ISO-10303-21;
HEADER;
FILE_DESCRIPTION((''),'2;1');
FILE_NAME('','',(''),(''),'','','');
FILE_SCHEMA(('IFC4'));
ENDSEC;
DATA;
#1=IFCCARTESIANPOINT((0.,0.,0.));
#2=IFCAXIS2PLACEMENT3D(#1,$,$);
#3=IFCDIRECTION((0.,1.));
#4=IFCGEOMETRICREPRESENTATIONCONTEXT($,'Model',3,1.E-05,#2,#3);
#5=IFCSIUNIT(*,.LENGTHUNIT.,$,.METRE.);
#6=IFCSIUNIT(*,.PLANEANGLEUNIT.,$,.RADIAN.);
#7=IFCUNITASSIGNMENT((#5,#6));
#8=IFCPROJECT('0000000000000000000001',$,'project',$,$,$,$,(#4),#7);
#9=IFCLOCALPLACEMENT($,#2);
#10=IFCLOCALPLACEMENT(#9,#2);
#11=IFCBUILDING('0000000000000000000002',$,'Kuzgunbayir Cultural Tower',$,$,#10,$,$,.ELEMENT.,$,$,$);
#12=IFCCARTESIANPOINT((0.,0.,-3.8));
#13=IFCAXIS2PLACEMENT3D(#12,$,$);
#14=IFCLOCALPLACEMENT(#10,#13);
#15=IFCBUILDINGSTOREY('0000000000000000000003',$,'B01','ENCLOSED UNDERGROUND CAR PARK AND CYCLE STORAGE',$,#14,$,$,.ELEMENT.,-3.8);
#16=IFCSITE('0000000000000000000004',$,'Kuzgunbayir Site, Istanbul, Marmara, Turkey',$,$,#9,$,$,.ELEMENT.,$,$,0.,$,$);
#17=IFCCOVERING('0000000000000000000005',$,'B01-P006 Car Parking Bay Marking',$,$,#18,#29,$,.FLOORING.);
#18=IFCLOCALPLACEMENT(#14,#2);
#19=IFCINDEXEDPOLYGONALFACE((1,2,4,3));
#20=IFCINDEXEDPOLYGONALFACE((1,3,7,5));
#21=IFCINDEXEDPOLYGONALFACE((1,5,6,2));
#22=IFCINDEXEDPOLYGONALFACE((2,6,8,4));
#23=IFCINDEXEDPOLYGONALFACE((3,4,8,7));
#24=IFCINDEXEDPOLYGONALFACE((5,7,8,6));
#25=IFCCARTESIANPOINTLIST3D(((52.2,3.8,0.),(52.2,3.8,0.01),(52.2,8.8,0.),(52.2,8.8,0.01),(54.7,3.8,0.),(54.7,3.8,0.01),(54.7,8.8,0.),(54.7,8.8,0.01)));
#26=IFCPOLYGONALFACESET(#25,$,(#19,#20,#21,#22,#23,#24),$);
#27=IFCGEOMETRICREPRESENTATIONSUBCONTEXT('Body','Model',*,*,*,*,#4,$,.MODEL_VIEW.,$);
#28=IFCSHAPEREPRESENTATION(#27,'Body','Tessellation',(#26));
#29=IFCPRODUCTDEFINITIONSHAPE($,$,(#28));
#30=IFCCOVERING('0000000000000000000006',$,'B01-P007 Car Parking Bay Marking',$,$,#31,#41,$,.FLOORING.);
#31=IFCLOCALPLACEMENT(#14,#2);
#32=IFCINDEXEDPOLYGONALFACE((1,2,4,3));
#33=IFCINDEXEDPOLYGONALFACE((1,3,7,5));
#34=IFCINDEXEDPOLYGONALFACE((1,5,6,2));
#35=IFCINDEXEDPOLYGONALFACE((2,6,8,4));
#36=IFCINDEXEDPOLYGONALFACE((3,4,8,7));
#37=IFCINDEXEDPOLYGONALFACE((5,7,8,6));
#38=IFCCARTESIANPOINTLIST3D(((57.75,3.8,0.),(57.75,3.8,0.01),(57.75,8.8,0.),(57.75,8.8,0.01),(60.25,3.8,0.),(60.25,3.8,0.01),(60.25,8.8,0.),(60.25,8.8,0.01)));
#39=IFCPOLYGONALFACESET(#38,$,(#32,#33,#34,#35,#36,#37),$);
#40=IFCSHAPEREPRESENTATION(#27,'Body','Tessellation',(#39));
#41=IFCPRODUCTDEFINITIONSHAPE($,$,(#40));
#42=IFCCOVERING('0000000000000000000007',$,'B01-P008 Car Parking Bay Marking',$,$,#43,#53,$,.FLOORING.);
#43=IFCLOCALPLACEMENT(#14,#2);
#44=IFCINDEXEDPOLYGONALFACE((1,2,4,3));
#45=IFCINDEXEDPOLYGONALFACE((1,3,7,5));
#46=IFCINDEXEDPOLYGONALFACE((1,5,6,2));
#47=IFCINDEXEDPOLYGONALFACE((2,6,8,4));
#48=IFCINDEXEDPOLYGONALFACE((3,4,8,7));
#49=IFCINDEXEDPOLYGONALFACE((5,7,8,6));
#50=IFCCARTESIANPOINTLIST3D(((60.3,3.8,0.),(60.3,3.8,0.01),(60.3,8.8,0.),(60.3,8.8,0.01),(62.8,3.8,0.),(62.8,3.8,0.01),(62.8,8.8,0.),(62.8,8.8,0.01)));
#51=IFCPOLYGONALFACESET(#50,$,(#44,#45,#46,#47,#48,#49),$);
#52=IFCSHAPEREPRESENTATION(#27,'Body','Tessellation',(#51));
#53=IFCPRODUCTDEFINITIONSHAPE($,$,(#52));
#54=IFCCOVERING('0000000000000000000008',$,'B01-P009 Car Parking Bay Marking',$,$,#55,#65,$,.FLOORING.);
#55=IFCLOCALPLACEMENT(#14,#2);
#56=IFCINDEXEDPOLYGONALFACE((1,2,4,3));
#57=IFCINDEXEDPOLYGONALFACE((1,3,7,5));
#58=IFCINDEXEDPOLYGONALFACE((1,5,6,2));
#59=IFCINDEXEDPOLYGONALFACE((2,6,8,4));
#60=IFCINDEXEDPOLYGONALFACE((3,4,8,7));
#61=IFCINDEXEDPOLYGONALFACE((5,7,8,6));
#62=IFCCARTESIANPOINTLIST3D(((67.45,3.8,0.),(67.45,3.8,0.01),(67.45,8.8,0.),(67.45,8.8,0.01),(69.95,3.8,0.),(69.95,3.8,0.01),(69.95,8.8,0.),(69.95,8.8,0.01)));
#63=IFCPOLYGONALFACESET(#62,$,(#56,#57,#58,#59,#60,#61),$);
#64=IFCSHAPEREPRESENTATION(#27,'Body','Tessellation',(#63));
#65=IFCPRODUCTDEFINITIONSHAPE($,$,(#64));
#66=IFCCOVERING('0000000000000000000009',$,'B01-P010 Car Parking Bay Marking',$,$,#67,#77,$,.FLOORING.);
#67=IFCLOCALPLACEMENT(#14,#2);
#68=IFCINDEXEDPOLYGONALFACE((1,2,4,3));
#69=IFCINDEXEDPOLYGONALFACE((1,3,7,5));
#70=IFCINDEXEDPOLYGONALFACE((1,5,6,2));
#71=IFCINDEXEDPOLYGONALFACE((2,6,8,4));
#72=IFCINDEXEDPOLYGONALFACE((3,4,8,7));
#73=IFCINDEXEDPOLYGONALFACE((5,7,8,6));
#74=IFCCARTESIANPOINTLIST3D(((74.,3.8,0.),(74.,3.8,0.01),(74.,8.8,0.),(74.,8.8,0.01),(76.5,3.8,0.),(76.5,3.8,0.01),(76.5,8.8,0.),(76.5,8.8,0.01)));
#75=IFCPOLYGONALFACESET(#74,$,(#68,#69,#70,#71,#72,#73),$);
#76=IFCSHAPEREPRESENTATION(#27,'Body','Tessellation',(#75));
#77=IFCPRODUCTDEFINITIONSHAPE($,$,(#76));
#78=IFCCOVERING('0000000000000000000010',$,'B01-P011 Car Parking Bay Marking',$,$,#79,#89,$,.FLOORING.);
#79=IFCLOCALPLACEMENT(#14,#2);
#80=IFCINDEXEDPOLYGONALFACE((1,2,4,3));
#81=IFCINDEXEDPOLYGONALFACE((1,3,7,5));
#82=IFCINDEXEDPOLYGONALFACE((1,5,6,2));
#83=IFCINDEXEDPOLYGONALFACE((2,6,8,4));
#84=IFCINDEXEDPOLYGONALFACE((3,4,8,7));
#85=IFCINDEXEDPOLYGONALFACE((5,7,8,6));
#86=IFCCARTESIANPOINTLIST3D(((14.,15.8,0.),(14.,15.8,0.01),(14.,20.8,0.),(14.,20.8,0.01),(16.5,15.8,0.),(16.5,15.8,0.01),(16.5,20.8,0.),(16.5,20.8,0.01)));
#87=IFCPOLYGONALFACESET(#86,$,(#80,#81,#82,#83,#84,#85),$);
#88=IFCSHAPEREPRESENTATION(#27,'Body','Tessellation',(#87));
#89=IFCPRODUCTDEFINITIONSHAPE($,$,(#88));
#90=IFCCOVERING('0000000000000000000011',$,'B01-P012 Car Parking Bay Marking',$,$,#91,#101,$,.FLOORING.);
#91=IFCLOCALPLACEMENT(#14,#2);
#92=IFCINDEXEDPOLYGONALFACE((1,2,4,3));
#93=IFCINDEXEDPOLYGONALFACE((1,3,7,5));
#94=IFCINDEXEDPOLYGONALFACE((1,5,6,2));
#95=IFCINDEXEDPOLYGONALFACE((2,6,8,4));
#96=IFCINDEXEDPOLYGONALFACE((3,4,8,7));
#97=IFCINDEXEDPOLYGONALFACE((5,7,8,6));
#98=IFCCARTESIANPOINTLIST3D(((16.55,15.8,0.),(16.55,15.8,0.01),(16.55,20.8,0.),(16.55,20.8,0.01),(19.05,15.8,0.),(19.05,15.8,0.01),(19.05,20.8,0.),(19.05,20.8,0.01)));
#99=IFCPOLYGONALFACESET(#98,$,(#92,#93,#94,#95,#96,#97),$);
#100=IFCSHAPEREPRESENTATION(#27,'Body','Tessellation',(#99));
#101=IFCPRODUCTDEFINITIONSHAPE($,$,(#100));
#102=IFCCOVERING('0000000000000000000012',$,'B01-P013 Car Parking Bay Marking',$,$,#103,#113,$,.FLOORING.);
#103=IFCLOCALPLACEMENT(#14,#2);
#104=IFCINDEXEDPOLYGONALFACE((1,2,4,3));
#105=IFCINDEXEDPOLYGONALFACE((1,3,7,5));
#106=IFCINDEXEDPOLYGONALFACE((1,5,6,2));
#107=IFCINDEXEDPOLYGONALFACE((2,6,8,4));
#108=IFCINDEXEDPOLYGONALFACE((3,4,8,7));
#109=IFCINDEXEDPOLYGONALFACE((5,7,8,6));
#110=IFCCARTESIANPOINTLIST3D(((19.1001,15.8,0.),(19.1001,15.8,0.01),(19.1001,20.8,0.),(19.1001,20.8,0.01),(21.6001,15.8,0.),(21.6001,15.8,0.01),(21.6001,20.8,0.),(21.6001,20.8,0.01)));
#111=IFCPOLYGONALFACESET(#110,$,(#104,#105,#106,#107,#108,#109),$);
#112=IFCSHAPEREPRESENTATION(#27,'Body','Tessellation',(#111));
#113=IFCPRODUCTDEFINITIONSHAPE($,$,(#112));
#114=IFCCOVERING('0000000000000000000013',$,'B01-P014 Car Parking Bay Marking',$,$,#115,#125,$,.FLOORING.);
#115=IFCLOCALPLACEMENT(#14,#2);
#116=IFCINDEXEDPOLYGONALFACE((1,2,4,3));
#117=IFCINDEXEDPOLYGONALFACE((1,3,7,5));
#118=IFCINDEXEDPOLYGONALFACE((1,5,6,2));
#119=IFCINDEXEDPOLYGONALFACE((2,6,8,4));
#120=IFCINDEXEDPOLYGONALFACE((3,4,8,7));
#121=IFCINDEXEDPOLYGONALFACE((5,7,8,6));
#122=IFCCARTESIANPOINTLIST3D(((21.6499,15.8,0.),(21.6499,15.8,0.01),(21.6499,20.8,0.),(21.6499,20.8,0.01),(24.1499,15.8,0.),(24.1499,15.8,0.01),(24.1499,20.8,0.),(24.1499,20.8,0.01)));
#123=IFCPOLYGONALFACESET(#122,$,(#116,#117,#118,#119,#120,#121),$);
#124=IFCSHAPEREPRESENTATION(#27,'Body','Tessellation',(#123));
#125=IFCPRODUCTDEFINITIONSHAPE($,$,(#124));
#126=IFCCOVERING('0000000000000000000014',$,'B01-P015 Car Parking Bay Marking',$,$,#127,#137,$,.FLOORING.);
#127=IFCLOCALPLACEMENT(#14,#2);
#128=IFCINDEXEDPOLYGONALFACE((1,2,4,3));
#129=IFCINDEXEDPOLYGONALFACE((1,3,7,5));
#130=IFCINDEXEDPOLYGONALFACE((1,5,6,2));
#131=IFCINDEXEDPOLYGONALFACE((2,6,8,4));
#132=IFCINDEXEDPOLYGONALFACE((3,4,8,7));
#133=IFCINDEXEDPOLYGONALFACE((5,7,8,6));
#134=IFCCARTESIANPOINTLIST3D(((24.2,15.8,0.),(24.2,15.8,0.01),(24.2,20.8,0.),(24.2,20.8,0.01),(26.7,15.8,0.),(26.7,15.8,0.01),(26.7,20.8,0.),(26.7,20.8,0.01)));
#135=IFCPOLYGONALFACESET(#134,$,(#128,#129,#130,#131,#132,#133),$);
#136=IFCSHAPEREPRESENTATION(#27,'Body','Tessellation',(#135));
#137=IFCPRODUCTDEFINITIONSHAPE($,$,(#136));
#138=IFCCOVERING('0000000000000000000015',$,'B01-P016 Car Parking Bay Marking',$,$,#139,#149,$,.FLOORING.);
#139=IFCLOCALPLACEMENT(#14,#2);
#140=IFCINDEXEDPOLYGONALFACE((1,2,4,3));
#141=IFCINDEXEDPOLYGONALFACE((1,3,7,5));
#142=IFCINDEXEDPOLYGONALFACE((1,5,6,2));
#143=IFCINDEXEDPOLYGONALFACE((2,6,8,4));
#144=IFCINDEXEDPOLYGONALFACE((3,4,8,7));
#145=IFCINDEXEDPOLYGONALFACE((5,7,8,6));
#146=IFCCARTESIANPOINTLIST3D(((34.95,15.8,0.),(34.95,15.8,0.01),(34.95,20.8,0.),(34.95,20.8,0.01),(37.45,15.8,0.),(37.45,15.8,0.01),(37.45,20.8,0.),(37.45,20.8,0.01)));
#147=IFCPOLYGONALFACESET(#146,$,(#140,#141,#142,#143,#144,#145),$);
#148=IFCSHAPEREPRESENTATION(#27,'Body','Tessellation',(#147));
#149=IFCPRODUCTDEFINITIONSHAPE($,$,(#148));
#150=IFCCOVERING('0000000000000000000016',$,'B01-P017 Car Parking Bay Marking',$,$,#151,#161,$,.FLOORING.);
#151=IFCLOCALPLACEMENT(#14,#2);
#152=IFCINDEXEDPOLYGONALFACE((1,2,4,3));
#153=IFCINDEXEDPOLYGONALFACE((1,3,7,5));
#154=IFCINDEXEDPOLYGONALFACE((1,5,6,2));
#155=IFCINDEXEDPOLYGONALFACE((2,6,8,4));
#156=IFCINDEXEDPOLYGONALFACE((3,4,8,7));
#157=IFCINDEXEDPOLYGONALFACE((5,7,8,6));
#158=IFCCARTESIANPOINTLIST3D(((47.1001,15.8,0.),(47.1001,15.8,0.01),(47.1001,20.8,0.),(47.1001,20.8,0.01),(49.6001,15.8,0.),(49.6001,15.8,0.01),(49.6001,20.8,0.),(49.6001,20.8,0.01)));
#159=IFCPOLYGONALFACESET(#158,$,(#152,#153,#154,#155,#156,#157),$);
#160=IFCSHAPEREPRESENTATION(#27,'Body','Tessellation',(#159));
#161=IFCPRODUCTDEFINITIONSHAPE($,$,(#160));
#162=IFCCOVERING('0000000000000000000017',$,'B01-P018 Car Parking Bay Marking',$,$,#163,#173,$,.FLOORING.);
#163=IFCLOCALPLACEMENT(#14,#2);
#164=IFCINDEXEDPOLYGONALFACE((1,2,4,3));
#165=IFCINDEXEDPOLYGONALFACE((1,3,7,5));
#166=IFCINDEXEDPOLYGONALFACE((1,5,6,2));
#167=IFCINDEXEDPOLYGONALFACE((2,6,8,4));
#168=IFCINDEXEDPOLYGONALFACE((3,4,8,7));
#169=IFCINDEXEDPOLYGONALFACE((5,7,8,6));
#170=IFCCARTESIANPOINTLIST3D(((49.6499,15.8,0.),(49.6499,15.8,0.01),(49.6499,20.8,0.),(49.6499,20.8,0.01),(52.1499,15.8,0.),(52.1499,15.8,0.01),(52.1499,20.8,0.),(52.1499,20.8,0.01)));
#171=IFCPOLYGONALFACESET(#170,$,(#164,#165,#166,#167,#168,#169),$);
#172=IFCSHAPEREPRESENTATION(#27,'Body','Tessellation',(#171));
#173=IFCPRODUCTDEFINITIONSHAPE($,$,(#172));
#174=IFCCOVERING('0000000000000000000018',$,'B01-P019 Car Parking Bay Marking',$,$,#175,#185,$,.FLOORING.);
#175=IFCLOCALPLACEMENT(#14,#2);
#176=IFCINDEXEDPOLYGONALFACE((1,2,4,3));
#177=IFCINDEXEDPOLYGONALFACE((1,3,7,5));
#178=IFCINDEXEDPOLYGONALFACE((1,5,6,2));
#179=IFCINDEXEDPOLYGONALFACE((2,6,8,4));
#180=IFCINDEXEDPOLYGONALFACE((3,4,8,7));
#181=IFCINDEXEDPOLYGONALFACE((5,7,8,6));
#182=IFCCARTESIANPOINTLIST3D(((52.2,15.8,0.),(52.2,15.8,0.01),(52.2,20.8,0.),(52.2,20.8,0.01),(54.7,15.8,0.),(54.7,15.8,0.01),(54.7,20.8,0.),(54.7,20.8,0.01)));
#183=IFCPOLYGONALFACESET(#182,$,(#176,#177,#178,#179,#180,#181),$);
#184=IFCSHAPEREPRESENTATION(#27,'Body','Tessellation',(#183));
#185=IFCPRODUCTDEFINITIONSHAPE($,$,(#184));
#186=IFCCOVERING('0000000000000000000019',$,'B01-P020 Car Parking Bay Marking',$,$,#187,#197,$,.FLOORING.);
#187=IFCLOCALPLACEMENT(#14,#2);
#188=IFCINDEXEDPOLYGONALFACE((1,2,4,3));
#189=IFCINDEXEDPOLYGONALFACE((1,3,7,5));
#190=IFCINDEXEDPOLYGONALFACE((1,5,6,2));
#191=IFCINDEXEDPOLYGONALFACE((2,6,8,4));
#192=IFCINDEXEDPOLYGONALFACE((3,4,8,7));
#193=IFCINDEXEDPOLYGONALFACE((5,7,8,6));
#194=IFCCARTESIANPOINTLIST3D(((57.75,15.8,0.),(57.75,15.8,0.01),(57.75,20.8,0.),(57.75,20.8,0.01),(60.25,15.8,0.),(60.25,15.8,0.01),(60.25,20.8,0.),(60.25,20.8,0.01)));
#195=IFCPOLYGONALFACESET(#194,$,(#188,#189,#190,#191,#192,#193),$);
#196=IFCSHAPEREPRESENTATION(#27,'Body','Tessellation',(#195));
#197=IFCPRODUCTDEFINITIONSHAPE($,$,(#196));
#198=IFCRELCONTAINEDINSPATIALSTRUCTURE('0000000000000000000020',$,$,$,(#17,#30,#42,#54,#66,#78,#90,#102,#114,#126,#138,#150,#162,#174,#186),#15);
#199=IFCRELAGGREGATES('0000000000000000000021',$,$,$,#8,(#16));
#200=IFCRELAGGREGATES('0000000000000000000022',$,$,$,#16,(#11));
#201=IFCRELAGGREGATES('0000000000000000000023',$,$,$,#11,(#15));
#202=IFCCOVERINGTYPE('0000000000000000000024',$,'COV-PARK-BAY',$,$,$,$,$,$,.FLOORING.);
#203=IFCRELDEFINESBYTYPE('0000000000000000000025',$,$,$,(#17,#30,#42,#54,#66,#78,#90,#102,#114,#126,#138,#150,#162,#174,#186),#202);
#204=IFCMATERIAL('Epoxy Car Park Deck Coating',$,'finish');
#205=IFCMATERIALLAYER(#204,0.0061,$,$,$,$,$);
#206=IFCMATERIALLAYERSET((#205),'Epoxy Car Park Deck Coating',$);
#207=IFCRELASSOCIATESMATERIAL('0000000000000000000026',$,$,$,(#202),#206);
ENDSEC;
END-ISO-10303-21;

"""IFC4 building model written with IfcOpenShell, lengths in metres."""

from ifc_helpers import new_model, si_unit, direction, frame, origin, place, context, subcontext, project, spatial, polyline, outline, extrude, material, layer, layer_set, type_object, element, save


model = new_model("IFC4")

# Units and contexts
model_context = context("Model", 3, precision=1e-05, world=origin(), true_north=direction((0.0, 1.0)))
body_context = subcontext(model_context, "Body", "Model", "MODEL_VIEW")
ifc_project = project(units=[si_unit("LENGTHUNIT", "METRE"), si_unit("PLANEANGLEUNIT", "RADIAN")], contexts=[model_context])

# Site, building, storey
site_placement = place(None, origin())
site = spatial("IfcSite", under=ifc_project, at=site_placement, Name="Kuzgunbayir Site, Istanbul, Marmara, Turkey", CompositionType="ELEMENT", RefElevation=0.0)
building_placement = place(site_placement, origin())
building = spatial("IfcBuilding", under=site, at=building_placement, Name="Kuzgunbayir Cultural Tower", CompositionType="ELEMENT")
storey_placement = place(building_placement, frame((0.0, 0.0, -3.8)))
storey = spatial("IfcBuildingStorey", under=building, at=storey_placement, Name="B01", Description="ENCLOSED UNDERGROUND CAR PARK AND CYCLE STORAGE", CompositionType="ELEMENT", Elevation=-3.8)

# Coverings
ifc_material_1 = material(Name="Epoxy Car Park Deck Coating", Category="finish")
ifc_layer_1 = layer(ifc_material_1, 0.0061)
ifc_layer_set_1 = layer_set([ifc_layer_1], Name="Epoxy Car Park Deck Coating")
covering_type_1 = type_object("IfcCoveringType", Name="COV-PARK-BAY", PredefinedType="FLOORING", material=ifc_layer_set_1)
covering_1_placement = place(storey_placement, origin())
element("IfcCovering", 1, at=covering_1_placement, inside=storey, type_object=covering_type_1, Name="B01-P006 Car Parking Bay Marking", PredefinedType="FLOORING", context=body_context, shape_type="SweptSolid", body=[
    extrude(outline(polyline([(52.2, 3.8), (54.7, 3.8), (54.7, 8.8), (52.2, 8.8), (52.2, 3.8)])), origin(), (0.0, 0.0, 1.0), 0.01),
])
covering_2_placement = place(storey_placement, origin())
element("IfcCovering", 2, at=covering_2_placement, inside=storey, type_object=covering_type_1, Name="B01-P007 Car Parking Bay Marking", PredefinedType="FLOORING", context=body_context, shape_type="SweptSolid", body=[
    extrude(outline(polyline([(57.75, 3.8), (60.25, 3.8), (60.25, 8.8), (57.75, 8.8), (57.75, 3.8)])), origin(), (0.0, 0.0, 1.0), 0.01),
])
covering_3_placement = place(storey_placement, origin())
element("IfcCovering", 3, at=covering_3_placement, inside=storey, type_object=covering_type_1, Name="B01-P008 Car Parking Bay Marking", PredefinedType="FLOORING", context=body_context, shape_type="SweptSolid", body=[
    extrude(outline(polyline([(60.3, 3.8), (62.8, 3.8), (62.8, 8.8), (60.3, 8.8), (60.3, 3.8)])), origin(), (0.0, 0.0, 1.0), 0.01),
])
covering_4_placement = place(storey_placement, origin())
element("IfcCovering", 4, at=covering_4_placement, inside=storey, type_object=covering_type_1, Name="B01-P009 Car Parking Bay Marking", PredefinedType="FLOORING", context=body_context, shape_type="SweptSolid", body=[
    extrude(outline(polyline([(67.45, 3.8), (69.95, 3.8), (69.95, 8.8), (67.45, 8.8), (67.45, 3.8)])), origin(), (0.0, 0.0, 1.0), 0.01),
])
covering_5_placement = place(storey_placement, origin())
element("IfcCovering", 5, at=covering_5_placement, inside=storey, type_object=covering_type_1, Name="B01-P010 Car Parking Bay Marking", PredefinedType="FLOORING", context=body_context, shape_type="SweptSolid", body=[
    extrude(outline(polyline([(74.0, 3.8), (76.5, 3.8), (76.5, 8.8), (74.0, 8.8), (74.0, 3.8)])), origin(), (0.0, 0.0, 1.0), 0.01),
])
covering_6_placement = place(storey_placement, origin())
element("IfcCovering", 6, at=covering_6_placement, inside=storey, type_object=covering_type_1, Name="B01-P011 Car Parking Bay Marking", PredefinedType="FLOORING", context=body_context, shape_type="SweptSolid", body=[
    extrude(outline(polyline([(14.0, 15.8), (16.5, 15.8), (16.5, 20.8), (14.0, 20.8), (14.0, 15.8)])), origin(), (0.0, 0.0, 1.0), 0.01),
])
covering_7_placement = place(storey_placement, origin())
element("IfcCovering", 7, at=covering_7_placement, inside=storey, type_object=covering_type_1, Name="B01-P012 Car Parking Bay Marking", PredefinedType="FLOORING", context=body_context, shape_type="SweptSolid", body=[
    extrude(outline(polyline([(16.55, 15.8), (19.05, 15.8), (19.05, 20.8), (16.55, 20.8), (16.55, 15.8)])), origin(), (0.0, 0.0, 1.0), 0.01),
])
covering_8_placement = place(storey_placement, origin())
element("IfcCovering", 8, at=covering_8_placement, inside=storey, type_object=covering_type_1, Name="B01-P013 Car Parking Bay Marking", PredefinedType="FLOORING", context=body_context, shape_type="SweptSolid", body=[
    extrude(outline(polyline([(19.1001, 15.8), (21.6001, 15.8), (21.6001, 20.8), (19.1001, 20.8), (19.1001, 15.8)])), origin(), (0.0, 0.0, 1.0), 0.01),
])
covering_9_placement = place(storey_placement, origin())
element("IfcCovering", 9, at=covering_9_placement, inside=storey, type_object=covering_type_1, Name="B01-P014 Car Parking Bay Marking", PredefinedType="FLOORING", context=body_context, shape_type="SweptSolid", body=[
    extrude(outline(polyline([(21.6499, 15.8), (24.1499, 15.8), (24.1499, 20.8), (21.6499, 20.8), (21.6499, 15.8)])), origin(), (0.0, 0.0, 1.0), 0.01),
])
covering_10_placement = place(storey_placement, origin())
element("IfcCovering", 10, at=covering_10_placement, inside=storey, type_object=covering_type_1, Name="B01-P015 Car Parking Bay Marking", PredefinedType="FLOORING", context=body_context, shape_type="SweptSolid", body=[
    extrude(outline(polyline([(24.2, 15.8), (26.7, 15.8), (26.7, 20.8), (24.2, 20.8), (24.2, 15.8)])), origin(), (0.0, 0.0, 1.0), 0.01),
])
covering_11_placement = place(storey_placement, origin())
element("IfcCovering", 11, at=covering_11_placement, inside=storey, type_object=covering_type_1, Name="B01-P016 Car Parking Bay Marking", PredefinedType="FLOORING", context=body_context, shape_type="SweptSolid", body=[
    extrude(outline(polyline([(34.95, 15.8), (37.45, 15.8), (37.45, 20.8), (34.95, 20.8), (34.95, 15.8)])), origin(), (0.0, 0.0, 1.0), 0.01),
])
covering_12_placement = place(storey_placement, origin())
element("IfcCovering", 12, at=covering_12_placement, inside=storey, type_object=covering_type_1, Name="B01-P017 Car Parking Bay Marking", PredefinedType="FLOORING", context=body_context, shape_type="SweptSolid", body=[
    extrude(outline(polyline([(47.1001, 15.8), (49.6001, 15.8), (49.6001, 20.8), (47.1001, 20.8), (47.1001, 15.8)])), origin(), (0.0, 0.0, 1.0), 0.01),
])
covering_13_placement = place(storey_placement, origin())
element("IfcCovering", 13, at=covering_13_placement, inside=storey, type_object=covering_type_1, Name="B01-P018 Car Parking Bay Marking", PredefinedType="FLOORING", context=body_context, shape_type="SweptSolid", body=[
    extrude(outline(polyline([(49.6499, 15.8), (52.1499, 15.8), (52.1499, 20.8), (49.6499, 20.8), (49.6499, 15.8)])), origin(), (0.0, 0.0, 1.0), 0.01),
])
covering_14_placement = place(storey_placement, origin())
element("IfcCovering", 14, at=covering_14_placement, inside=storey, type_object=covering_type_1, Name="B01-P019 Car Parking Bay Marking", PredefinedType="FLOORING", context=body_context, shape_type="SweptSolid", body=[
    extrude(outline(polyline([(52.2, 15.8), (54.7, 15.8), (54.7, 20.8), (52.2, 20.8), (52.2, 15.8)])), origin(), (0.0, 0.0, 1.0), 0.01),
])
covering_15_placement = place(storey_placement, origin())
element("IfcCovering", 15, at=covering_15_placement, inside=storey, type_object=covering_type_1, Name="B01-P020 Car Parking Bay Marking", PredefinedType="FLOORING", context=body_context, shape_type="SweptSolid", body=[
    extrude(outline(polyline([(57.75, 15.8), (60.25, 15.8), (60.25, 20.8), (57.75, 20.8), (57.75, 15.8)])), origin(), (0.0, 0.0, 1.0), 0.01),
])

save(model, "model.ifc")
